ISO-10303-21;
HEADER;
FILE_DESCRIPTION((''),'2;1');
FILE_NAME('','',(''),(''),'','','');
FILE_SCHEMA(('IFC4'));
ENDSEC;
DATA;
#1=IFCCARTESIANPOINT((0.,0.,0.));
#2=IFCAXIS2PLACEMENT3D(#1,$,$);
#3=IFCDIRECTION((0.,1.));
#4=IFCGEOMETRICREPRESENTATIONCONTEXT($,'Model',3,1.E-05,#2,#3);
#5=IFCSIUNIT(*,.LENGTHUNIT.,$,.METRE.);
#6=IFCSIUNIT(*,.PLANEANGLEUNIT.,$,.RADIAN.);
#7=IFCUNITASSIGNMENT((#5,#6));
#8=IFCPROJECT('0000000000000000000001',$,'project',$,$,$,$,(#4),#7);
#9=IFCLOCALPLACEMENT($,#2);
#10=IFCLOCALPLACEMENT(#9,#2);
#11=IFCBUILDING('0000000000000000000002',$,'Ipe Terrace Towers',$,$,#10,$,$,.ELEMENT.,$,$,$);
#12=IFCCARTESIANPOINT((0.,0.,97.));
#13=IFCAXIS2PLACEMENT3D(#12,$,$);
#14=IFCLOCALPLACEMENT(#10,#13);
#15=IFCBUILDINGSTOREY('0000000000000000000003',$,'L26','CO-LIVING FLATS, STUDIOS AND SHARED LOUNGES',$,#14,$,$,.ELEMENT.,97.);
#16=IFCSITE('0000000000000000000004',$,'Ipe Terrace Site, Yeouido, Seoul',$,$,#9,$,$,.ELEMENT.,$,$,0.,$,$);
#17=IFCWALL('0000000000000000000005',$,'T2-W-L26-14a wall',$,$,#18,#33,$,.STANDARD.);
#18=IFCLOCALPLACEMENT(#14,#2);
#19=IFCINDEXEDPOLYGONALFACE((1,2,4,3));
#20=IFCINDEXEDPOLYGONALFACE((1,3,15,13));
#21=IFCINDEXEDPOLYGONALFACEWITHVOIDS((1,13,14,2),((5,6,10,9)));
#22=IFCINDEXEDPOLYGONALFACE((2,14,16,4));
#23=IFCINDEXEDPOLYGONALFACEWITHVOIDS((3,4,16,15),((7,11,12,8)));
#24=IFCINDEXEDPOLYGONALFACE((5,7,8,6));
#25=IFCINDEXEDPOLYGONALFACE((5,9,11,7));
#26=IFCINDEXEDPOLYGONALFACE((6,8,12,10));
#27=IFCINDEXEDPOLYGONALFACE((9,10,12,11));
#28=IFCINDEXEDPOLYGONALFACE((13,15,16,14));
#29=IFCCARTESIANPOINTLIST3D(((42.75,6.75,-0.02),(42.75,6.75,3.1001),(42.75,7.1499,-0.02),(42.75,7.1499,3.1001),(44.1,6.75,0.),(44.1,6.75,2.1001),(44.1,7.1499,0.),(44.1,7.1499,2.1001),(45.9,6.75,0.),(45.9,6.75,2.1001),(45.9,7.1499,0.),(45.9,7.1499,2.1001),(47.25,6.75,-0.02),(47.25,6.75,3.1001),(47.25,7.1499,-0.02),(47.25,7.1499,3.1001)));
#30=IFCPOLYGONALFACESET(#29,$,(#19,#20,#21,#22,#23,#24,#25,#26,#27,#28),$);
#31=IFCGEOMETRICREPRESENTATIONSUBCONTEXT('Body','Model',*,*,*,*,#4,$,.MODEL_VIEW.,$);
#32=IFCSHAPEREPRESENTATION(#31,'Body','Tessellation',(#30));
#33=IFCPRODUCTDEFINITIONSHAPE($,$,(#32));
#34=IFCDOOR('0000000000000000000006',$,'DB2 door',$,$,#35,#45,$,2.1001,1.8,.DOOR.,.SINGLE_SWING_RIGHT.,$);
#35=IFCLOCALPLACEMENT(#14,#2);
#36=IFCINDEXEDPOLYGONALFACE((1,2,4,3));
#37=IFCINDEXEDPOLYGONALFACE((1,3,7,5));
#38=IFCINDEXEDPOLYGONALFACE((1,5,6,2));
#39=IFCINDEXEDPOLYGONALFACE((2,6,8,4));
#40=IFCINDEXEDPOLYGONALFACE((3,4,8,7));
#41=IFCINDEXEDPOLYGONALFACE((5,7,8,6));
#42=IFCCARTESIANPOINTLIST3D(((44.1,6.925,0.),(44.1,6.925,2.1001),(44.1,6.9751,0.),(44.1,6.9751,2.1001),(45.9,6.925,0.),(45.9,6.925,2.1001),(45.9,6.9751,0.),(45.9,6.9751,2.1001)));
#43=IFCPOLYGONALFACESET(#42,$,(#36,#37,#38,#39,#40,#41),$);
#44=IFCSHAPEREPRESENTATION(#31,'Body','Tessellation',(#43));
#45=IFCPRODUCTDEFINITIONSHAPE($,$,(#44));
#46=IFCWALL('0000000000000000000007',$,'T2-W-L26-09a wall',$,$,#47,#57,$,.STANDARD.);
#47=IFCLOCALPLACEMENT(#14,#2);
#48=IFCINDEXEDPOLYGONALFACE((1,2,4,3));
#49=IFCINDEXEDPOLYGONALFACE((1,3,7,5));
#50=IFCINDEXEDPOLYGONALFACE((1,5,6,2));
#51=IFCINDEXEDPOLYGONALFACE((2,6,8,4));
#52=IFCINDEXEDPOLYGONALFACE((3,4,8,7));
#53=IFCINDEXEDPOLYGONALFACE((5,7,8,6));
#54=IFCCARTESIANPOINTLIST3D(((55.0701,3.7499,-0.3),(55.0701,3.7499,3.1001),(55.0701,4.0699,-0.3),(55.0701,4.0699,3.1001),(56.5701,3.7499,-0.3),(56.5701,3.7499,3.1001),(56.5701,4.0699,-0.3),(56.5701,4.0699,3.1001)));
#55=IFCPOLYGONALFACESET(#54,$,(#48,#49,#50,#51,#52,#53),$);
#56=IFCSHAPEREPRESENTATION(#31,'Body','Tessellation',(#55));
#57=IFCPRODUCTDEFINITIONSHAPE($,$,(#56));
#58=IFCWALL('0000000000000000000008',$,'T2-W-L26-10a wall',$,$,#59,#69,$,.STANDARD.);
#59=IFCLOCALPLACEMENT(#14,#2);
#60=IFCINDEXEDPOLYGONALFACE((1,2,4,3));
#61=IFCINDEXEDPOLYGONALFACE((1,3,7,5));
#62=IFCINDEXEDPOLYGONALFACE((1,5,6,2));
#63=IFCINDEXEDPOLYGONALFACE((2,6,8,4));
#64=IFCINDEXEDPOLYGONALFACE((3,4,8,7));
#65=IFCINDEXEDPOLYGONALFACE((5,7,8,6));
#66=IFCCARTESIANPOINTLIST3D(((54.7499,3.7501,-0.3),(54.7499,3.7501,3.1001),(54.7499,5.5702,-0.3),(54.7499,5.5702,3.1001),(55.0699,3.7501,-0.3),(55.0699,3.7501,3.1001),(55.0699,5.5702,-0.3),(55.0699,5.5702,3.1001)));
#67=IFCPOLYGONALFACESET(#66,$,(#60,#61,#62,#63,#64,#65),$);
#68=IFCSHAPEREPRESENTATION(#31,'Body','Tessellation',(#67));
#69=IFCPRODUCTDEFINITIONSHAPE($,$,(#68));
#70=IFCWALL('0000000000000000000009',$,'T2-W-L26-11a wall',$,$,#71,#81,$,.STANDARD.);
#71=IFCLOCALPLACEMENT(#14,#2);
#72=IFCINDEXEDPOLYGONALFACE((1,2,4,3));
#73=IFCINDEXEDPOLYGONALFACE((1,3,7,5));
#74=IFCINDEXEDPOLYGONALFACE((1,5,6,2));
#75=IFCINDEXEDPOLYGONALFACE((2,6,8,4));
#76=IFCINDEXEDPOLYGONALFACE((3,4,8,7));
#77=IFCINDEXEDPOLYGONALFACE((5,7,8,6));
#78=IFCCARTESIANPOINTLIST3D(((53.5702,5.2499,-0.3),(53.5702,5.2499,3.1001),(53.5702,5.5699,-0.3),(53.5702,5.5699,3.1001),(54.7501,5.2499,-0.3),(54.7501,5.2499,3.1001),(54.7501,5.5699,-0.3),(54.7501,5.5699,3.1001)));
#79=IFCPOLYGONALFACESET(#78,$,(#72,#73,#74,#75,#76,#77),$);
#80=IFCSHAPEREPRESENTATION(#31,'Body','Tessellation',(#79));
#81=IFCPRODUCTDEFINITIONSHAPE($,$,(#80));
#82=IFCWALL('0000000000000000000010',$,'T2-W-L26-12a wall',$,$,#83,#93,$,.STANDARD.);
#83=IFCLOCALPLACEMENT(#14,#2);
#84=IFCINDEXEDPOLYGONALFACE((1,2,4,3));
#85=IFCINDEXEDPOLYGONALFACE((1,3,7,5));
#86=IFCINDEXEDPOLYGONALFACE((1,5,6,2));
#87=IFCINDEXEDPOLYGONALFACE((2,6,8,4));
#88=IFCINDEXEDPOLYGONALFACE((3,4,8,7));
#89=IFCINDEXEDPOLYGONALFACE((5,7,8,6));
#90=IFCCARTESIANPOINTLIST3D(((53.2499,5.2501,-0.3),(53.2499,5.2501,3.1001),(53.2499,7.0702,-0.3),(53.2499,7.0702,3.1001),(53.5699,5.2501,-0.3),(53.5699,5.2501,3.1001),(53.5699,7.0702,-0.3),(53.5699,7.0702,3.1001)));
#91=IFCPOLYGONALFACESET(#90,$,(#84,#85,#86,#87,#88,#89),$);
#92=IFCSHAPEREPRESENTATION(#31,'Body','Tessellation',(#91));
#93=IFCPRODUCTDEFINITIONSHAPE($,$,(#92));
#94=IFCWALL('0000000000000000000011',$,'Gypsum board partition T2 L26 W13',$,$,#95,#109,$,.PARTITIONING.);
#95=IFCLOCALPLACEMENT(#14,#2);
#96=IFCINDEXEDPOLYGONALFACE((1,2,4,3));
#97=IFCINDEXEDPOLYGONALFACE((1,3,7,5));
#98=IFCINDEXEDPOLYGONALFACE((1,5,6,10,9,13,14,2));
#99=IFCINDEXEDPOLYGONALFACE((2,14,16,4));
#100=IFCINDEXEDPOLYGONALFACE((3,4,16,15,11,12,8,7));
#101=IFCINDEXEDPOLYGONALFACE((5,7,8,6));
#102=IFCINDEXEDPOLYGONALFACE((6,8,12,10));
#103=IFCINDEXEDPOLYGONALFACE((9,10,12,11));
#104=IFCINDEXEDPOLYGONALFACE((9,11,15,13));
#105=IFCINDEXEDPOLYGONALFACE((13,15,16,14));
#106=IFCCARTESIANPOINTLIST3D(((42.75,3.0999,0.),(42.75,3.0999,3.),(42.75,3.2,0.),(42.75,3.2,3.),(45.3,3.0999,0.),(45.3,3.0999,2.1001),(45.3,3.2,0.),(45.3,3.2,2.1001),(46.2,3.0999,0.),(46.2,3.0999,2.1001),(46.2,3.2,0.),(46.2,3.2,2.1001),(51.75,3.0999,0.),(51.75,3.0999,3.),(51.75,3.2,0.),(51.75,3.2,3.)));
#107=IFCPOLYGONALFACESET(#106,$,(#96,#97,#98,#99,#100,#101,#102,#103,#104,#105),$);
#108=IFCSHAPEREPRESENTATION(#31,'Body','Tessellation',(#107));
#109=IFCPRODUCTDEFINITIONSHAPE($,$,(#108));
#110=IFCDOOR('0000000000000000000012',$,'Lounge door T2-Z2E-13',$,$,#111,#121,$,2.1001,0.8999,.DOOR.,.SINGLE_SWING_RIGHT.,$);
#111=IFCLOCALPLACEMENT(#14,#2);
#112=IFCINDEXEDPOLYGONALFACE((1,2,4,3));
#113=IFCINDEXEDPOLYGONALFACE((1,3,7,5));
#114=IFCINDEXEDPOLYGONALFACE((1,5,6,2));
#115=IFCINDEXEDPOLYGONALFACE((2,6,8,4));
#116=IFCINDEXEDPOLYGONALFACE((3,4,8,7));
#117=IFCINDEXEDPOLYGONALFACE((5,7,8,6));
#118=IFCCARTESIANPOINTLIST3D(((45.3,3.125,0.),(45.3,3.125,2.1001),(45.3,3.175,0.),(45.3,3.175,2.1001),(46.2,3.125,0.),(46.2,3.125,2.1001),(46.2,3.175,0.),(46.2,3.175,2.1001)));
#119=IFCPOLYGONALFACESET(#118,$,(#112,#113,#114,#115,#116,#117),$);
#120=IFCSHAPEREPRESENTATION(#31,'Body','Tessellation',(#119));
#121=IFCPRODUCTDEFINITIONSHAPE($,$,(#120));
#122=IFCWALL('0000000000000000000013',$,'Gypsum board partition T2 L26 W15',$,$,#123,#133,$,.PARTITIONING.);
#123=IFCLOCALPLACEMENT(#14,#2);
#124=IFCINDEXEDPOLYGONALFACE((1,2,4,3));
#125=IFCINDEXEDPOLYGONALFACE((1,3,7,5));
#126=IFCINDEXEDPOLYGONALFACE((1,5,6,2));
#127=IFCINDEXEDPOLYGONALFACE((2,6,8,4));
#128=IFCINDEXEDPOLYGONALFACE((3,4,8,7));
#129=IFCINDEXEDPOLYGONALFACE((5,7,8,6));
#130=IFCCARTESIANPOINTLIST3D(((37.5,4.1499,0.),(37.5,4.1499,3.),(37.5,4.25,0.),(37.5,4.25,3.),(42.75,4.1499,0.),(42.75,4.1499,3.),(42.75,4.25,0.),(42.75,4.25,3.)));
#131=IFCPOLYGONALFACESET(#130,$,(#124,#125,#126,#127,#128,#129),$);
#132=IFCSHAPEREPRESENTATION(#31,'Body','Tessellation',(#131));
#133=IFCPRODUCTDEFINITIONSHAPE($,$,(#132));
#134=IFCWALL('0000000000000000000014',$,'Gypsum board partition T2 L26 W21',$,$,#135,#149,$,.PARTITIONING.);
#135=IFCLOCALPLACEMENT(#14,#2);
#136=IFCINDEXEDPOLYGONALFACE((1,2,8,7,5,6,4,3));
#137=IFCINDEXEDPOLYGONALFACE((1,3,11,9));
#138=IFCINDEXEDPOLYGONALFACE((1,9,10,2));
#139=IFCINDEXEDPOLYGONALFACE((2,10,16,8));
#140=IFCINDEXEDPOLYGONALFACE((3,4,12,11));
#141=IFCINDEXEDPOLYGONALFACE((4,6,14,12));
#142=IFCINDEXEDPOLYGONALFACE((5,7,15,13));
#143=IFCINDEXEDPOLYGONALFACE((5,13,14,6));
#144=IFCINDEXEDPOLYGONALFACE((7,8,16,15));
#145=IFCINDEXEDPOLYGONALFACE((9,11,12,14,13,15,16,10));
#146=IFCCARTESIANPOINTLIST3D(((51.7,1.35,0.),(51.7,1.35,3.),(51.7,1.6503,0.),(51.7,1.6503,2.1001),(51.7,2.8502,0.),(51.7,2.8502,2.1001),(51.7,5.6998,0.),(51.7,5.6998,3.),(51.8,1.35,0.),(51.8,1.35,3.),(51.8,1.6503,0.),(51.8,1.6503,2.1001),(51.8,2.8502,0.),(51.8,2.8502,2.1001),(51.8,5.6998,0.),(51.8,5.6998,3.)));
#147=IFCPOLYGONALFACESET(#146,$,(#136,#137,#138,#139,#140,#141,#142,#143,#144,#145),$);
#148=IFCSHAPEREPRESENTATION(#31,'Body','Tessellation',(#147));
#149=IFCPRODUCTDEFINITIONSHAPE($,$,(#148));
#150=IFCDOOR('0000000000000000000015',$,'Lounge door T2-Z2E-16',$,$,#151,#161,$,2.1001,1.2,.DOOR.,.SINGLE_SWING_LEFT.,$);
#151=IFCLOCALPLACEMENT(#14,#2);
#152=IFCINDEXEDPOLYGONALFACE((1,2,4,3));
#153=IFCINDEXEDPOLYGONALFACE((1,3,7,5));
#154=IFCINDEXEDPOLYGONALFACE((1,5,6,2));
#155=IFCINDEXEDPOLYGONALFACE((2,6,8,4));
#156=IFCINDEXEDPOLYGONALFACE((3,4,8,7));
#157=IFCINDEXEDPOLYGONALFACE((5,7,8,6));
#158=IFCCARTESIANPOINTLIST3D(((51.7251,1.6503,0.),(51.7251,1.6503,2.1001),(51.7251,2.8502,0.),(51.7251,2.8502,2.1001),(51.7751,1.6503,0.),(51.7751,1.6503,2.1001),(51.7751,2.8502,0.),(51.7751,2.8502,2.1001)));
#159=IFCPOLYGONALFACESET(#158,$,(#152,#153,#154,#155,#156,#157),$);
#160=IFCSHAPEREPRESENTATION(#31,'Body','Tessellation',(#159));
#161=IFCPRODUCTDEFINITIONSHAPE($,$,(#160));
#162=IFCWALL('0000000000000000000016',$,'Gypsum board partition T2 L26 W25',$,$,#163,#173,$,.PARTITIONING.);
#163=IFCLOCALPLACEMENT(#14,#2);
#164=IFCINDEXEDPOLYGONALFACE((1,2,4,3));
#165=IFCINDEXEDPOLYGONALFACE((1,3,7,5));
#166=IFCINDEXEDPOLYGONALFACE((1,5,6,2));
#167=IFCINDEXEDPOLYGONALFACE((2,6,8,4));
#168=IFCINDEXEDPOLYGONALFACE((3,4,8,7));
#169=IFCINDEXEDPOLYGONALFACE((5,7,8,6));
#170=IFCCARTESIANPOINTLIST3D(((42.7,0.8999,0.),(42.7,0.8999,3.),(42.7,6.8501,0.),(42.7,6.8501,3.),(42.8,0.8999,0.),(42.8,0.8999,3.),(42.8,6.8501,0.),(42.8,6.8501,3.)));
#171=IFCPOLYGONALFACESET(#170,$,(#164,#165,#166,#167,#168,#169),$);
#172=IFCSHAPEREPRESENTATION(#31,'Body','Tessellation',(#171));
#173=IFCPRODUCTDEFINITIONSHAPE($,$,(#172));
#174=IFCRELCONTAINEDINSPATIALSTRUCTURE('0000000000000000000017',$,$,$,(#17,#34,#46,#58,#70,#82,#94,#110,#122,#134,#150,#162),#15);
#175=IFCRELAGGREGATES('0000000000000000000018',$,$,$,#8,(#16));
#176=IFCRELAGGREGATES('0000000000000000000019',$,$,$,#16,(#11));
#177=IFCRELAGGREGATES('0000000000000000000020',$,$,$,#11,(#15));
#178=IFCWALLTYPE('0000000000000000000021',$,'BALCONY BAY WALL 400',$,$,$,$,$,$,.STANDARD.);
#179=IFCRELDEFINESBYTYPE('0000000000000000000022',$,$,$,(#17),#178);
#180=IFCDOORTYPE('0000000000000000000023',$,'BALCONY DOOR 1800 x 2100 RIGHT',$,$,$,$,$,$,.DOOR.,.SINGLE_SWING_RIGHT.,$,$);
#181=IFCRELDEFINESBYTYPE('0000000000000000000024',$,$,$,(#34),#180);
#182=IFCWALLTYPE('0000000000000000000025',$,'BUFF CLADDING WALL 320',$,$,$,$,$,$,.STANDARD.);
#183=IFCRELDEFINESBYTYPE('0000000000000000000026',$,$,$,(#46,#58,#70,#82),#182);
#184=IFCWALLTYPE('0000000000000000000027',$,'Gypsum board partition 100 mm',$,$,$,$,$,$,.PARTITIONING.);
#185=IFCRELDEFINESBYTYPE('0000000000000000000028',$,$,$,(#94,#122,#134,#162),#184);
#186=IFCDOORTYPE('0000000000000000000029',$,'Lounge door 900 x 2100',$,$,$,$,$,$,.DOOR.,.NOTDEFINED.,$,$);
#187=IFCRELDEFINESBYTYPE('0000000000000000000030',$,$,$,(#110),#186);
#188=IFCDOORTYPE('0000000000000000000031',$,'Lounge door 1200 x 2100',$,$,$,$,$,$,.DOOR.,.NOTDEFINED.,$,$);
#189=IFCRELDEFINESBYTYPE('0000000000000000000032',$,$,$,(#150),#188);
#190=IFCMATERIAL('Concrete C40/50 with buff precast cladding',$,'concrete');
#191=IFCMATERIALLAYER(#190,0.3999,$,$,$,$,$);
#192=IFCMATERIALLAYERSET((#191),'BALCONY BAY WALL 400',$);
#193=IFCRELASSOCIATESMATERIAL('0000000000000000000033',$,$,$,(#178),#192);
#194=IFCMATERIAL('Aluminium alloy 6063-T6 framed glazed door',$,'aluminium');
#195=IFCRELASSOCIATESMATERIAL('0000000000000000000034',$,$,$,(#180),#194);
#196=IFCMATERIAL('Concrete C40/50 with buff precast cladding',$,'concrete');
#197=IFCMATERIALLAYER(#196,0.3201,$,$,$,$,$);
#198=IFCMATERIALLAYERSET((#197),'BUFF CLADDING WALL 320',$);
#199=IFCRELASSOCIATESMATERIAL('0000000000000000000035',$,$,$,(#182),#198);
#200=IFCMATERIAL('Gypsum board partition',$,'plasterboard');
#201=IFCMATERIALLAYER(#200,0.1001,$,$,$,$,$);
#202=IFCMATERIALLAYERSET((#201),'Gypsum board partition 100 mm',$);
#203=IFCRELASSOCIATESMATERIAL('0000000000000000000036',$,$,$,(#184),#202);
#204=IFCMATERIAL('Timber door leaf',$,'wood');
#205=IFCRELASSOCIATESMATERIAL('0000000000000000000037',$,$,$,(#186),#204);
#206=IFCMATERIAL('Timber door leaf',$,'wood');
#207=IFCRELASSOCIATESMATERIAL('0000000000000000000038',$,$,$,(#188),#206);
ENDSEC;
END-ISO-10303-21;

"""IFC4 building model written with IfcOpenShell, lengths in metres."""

from ifc_helpers import new_model, si_unit, direction, frame, frame_2d, origin, place, context, subcontext, project, spatial, rectangle, extrude, material, layer, layer_set, type_object, element, fill, save


model = new_model("IFC4")

# Units and contexts
model_context = context("Model", 3, precision=1e-05, world=origin(), true_north=direction((0.0, 1.0)))
body_context = subcontext(model_context, "Body", "Model", "MODEL_VIEW")
ifc_project = project(units=[si_unit("LENGTHUNIT", "METRE"), si_unit("PLANEANGLEUNIT", "RADIAN")], contexts=[model_context])

# Site, building, storey
site_placement = place(None, origin())
site = spatial("IfcSite", under=ifc_project, at=site_placement, Name="Ipe Terrace Site, Yeouido, Seoul", CompositionType="ELEMENT", RefElevation=0.0)
building_placement = place(site_placement, origin())
building = spatial("IfcBuilding", under=site, at=building_placement, Name="Ipe Terrace Towers", CompositionType="ELEMENT")
storey_placement = place(building_placement, frame((0.0, 0.0, 97.0)))
storey = spatial("IfcBuildingStorey", under=building, at=storey_placement, Name="L26", Description="CO-LIVING FLATS, STUDIOS AND SHARED LOUNGES", CompositionType="ELEMENT", Elevation=97.0)

# Wall, opening, door
ifc_material_1 = material(Name="Concrete C40/50 with buff precast cladding", Category="concrete")
ifc_layer_1 = layer(ifc_material_1, 0.3999)
ifc_layer_set_1 = layer_set([ifc_layer_1], Name="BALCONY BAY WALL 400")
wall_type_1 = type_object("IfcWallType", Name="BALCONY BAY WALL 400", PredefinedType="STANDARD", material=ifc_layer_set_1)
wall_1_placement = place(storey_placement, frame((47.25, 6.95, -0.02), z_axis=(0.0, 0.0, 1.0), x_axis=(-1.0, 0.0, 0.0)))
wall_1 = element("IfcWall", 1, at=wall_1_placement, inside=storey, type_object=wall_type_1, Name="T2-W-L26-14a wall", PredefinedType="STANDARD", context=body_context, shape_type="SweptSolid", body=[
    extrude(rectangle(XDim=4.5, YDim=0.3999, at=frame_2d((2.25, 0.0))), origin(), (0.0, 0.0, 1.0), 3.1201),
])
opening_1_placement = place(wall_1_placement, frame((1.3501, 0.0, 0.02)))
opening_1 = element("IfcOpeningElement", 2, at=opening_1_placement, cuts=wall_1, PredefinedType="OPENING", context=body_context, shape_type="SweptSolid", body=[
    extrude(rectangle(XDim=1.8, YDim=2.1001, at=frame_2d((0.8999, 1.05))), frame((0.0, 0.21, 0.0), z_axis=(0.0, -1.0, 0.0), x_axis=(1.0, 0.0, 0.0)), (0.0, 0.0, 1.0), 0.4199),
])
ifc_material_2 = material(Name="Aluminium alloy 6063-T6 framed glazed door", Category="aluminium")
door_type_1 = type_object("IfcDoorType", Name="BALCONY DOOR 1800 x 2100 RIGHT", OperationType="SINGLE_SWING_RIGHT", PredefinedType="DOOR", material=ifc_material_2)
door_1_placement = place(opening_1_placement, origin())
door_1 = element("IfcDoor", 3, at=door_1_placement, inside=storey, type_object=door_type_1, Name="DB2 door", OperationType="SINGLE_SWING_RIGHT", OverallHeight=2.1001, OverallWidth=1.8, PredefinedType="DOOR", context=body_context, shape_type="SweptSolid", body=[
    extrude(rectangle(XDim=1.8, YDim=2.1001, at=frame_2d((0.8999, 1.05))), frame((0.0, 0.0249, 0.0), z_axis=(0.0, -1.0, 0.0), x_axis=(1.0, 0.0, 0.0)), (0.0, 0.0, 1.0), 0.05),
])
fill(opening_1, door_1)

# Walls
ifc_material_3 = material(Name="Concrete C40/50 with buff precast cladding", Category="concrete")
ifc_layer_2 = layer(ifc_material_3, 0.3201)
ifc_layer_set_2 = layer_set([ifc_layer_2], Name="BUFF CLADDING WALL 320")
wall_type_2 = type_object("IfcWallType", Name="BUFF CLADDING WALL 320", PredefinedType="STANDARD", material=ifc_layer_set_2)
wall_2_placement = place(storey_placement, frame((56.5701, 3.9099, -0.3), z_axis=(0.0, 0.0, 1.0), x_axis=(-1.0, 0.0, 0.0)))
element("IfcWall", 4, at=wall_2_placement, inside=storey, type_object=wall_type_2, Name="T2-W-L26-09a wall", PredefinedType="STANDARD", context=body_context, shape_type="SweptSolid", body=[
    extrude(rectangle(XDim=1.5, YDim=0.3201, at=frame_2d((0.75, 0.0))), origin(), (0.0, 0.0, 1.0), 3.4001),
])
wall_3_placement = place(storey_placement, frame((54.9099, 3.75, -0.3), z_axis=(0.0, 0.0, 1.0), x_axis=(0.0, 1.0, 0.0)))
element("IfcWall", 5, at=wall_3_placement, inside=storey, type_object=wall_type_2, Name="T2-W-L26-10a wall", PredefinedType="STANDARD", context=body_context, shape_type="SweptSolid", body=[
    extrude(rectangle(XDim=1.8201, YDim=0.3201, at=frame_2d((0.9102, 0.0))), origin(), (0.0, 0.0, 1.0), 3.4001),
])
wall_4_placement = place(storey_placement, frame((54.75, 5.4099, -0.3), z_axis=(0.0, 0.0, 1.0), x_axis=(-1.0, 0.0, 0.0)))
element("IfcWall", 6, at=wall_4_placement, inside=storey, type_object=wall_type_2, Name="T2-W-L26-11a wall", PredefinedType="STANDARD", context=body_context, shape_type="SweptSolid", body=[
    extrude(rectangle(XDim=1.1799, YDim=0.3201, at=frame_2d((0.5898, 0.0))), origin(), (0.0, 0.0, 1.0), 3.4001),
])
wall_5_placement = place(storey_placement, frame((53.4099, 5.25, -0.3), z_axis=(0.0, 0.0, 1.0), x_axis=(0.0, 1.0, 0.0)))
element("IfcWall", 7, at=wall_5_placement, inside=storey, type_object=wall_type_2, Name="T2-W-L26-12a wall", PredefinedType="STANDARD", context=body_context, shape_type="SweptSolid", body=[
    extrude(rectangle(XDim=1.8201, YDim=0.3201, at=frame_2d((0.9102, 0.0))), origin(), (0.0, 0.0, 1.0), 3.4001),
])

# Wall, opening, door
ifc_material_4 = material(Name="Gypsum board partition", Category="plasterboard")
ifc_layer_3 = layer(ifc_material_4, 0.1001)
ifc_layer_set_3 = layer_set([ifc_layer_3], Name="Gypsum board partition 100 mm")
wall_type_3 = type_object("IfcWallType", Name="Gypsum board partition 100 mm", PredefinedType="PARTITIONING", material=ifc_layer_set_3)
wall_6_placement = place(storey_placement, frame((51.75, 3.1499, 0.0), z_axis=(0.0, 0.0, 1.0), x_axis=(-1.0, 0.0, 0.0)))
wall_6 = element("IfcWall", 8, at=wall_6_placement, inside=storey, type_object=wall_type_3, Name="Gypsum board partition T2 L26 W13", PredefinedType="PARTITIONING", context=body_context, shape_type="SweptSolid", body=[
    extrude(rectangle(XDim=9.0, YDim=0.1001, at=frame_2d((4.5, 0.0))), origin(), (0.0, 0.0, 1.0), 3.0),
])
opening_2_placement = place(wall_6_placement, frame((5.55, 0.0, 0.0)))
opening_2 = element("IfcOpeningElement", 9, at=opening_2_placement, cuts=wall_6, PredefinedType="OPENING", context=body_context, shape_type="SweptSolid", body=[
    extrude(rectangle(XDim=0.8999, YDim=2.1001, at=frame_2d((0.45, 1.05))), frame((0.0, 0.0601, 0.0), z_axis=(0.0, -1.0, 0.0), x_axis=(1.0, 0.0, 0.0)), (0.0, 0.0, 1.0), 0.1201),
])
ifc_material_5 = material(Name="Timber door leaf", Category="wood")
door_type_2 = type_object("IfcDoorType", Name="Lounge door 900 x 2100", OperationType="NOTDEFINED", PredefinedType="DOOR", material=ifc_material_5)
door_2_placement = place(opening_2_placement, origin())
door_2 = element("IfcDoor", 10, at=door_2_placement, inside=storey, type_object=door_type_2, Name="Lounge door T2-Z2E-13", OperationType="SINGLE_SWING_RIGHT", OverallHeight=2.1001, OverallWidth=0.8999, PredefinedType="DOOR", context=body_context, shape_type="SweptSolid", body=[
    extrude(rectangle(XDim=0.8999, YDim=2.1001, at=frame_2d((0.45, 1.05))), frame((0.0, 0.0249, 0.0), z_axis=(0.0, -1.0, 0.0), x_axis=(1.0, 0.0, 0.0)), (0.0, 0.0, 1.0), 0.05),
])
fill(opening_2, door_2)

# Wall
wall_7_placement = place(storey_placement, frame((42.75, 4.2, 0.0), z_axis=(0.0, 0.0, 1.0), x_axis=(-1.0, 0.0, 0.0)))
element("IfcWall", 11, at=wall_7_placement, inside=storey, type_object=wall_type_3, Name="Gypsum board partition T2 L26 W15", PredefinedType="PARTITIONING", context=body_context, shape_type="SweptSolid", body=[
    extrude(rectangle(XDim=5.25, YDim=0.1001, at=frame_2d((2.625, 0.0))), origin(), (0.0, 0.0, 1.0), 3.0),
])

# Wall, opening, door
wall_8_placement = place(storey_placement, frame((51.75, 1.3501, 0.0), z_axis=(0.0, 0.0, 1.0), x_axis=(0.0, 1.0, 0.0)))
wall_8 = element("IfcWall", 12, at=wall_8_placement, inside=storey, type_object=wall_type_3, Name="Gypsum board partition T2 L26 W21", PredefinedType="PARTITIONING", context=body_context, shape_type="SweptSolid", body=[
    extrude(rectangle(XDim=4.3499, YDim=0.1001, at=frame_2d((2.1748, 0.0))), origin(), (0.0, 0.0, 1.0), 3.0),
])
opening_3_placement = place(wall_8_placement, frame((0.3, 0.0, 0.0)))
opening_3 = element("IfcOpeningElement", 13, at=opening_3_placement, cuts=wall_8, PredefinedType="OPENING", context=body_context, shape_type="SweptSolid", body=[
    extrude(rectangle(XDim=1.2, YDim=2.1001, at=frame_2d((0.6001, 1.05))), frame((0.0, 0.0601, 0.0), z_axis=(0.0, -1.0, 0.0), x_axis=(1.0, 0.0, 0.0)), (0.0, 0.0, 1.0), 0.1201),
])
ifc_material_6 = material(Name="Timber door leaf", Category="wood")
door_type_3 = type_object("IfcDoorType", Name="Lounge door 1200 x 2100", OperationType="NOTDEFINED", PredefinedType="DOOR", material=ifc_material_6)
door_3_placement = place(opening_3_placement, origin())
door_3 = element("IfcDoor", 14, at=door_3_placement, inside=storey, type_object=door_type_3, Name="Lounge door T2-Z2E-16", OperationType="SINGLE_SWING_LEFT", OverallHeight=2.1001, OverallWidth=1.2, PredefinedType="DOOR", context=body_context, shape_type="SweptSolid", body=[
    extrude(rectangle(XDim=1.2, YDim=2.1001, at=frame_2d((0.6001, 1.05))), frame((0.0, 0.0249, 0.0), z_axis=(0.0, -1.0, 0.0), x_axis=(1.0, 0.0, 0.0)), (0.0, 0.0, 1.0), 0.05),
])
fill(opening_3, door_3)

# Wall
wall_9_placement = place(storey_placement, frame((42.75, 0.8999, 0.0), z_axis=(0.0, 0.0, 1.0), x_axis=(0.0, 1.0, 0.0)))
element("IfcWall", 15, at=wall_9_placement, inside=storey, type_object=wall_type_3, Name="Gypsum board partition T2 L26 W25", PredefinedType="PARTITIONING", context=body_context, shape_type="SweptSolid", body=[
    extrude(rectangle(XDim=5.9502, YDim=0.1001, at=frame_2d((2.9751, 0.0))), origin(), (0.0, 0.0, 1.0), 3.0),
])

save(model, "model.ifc")
